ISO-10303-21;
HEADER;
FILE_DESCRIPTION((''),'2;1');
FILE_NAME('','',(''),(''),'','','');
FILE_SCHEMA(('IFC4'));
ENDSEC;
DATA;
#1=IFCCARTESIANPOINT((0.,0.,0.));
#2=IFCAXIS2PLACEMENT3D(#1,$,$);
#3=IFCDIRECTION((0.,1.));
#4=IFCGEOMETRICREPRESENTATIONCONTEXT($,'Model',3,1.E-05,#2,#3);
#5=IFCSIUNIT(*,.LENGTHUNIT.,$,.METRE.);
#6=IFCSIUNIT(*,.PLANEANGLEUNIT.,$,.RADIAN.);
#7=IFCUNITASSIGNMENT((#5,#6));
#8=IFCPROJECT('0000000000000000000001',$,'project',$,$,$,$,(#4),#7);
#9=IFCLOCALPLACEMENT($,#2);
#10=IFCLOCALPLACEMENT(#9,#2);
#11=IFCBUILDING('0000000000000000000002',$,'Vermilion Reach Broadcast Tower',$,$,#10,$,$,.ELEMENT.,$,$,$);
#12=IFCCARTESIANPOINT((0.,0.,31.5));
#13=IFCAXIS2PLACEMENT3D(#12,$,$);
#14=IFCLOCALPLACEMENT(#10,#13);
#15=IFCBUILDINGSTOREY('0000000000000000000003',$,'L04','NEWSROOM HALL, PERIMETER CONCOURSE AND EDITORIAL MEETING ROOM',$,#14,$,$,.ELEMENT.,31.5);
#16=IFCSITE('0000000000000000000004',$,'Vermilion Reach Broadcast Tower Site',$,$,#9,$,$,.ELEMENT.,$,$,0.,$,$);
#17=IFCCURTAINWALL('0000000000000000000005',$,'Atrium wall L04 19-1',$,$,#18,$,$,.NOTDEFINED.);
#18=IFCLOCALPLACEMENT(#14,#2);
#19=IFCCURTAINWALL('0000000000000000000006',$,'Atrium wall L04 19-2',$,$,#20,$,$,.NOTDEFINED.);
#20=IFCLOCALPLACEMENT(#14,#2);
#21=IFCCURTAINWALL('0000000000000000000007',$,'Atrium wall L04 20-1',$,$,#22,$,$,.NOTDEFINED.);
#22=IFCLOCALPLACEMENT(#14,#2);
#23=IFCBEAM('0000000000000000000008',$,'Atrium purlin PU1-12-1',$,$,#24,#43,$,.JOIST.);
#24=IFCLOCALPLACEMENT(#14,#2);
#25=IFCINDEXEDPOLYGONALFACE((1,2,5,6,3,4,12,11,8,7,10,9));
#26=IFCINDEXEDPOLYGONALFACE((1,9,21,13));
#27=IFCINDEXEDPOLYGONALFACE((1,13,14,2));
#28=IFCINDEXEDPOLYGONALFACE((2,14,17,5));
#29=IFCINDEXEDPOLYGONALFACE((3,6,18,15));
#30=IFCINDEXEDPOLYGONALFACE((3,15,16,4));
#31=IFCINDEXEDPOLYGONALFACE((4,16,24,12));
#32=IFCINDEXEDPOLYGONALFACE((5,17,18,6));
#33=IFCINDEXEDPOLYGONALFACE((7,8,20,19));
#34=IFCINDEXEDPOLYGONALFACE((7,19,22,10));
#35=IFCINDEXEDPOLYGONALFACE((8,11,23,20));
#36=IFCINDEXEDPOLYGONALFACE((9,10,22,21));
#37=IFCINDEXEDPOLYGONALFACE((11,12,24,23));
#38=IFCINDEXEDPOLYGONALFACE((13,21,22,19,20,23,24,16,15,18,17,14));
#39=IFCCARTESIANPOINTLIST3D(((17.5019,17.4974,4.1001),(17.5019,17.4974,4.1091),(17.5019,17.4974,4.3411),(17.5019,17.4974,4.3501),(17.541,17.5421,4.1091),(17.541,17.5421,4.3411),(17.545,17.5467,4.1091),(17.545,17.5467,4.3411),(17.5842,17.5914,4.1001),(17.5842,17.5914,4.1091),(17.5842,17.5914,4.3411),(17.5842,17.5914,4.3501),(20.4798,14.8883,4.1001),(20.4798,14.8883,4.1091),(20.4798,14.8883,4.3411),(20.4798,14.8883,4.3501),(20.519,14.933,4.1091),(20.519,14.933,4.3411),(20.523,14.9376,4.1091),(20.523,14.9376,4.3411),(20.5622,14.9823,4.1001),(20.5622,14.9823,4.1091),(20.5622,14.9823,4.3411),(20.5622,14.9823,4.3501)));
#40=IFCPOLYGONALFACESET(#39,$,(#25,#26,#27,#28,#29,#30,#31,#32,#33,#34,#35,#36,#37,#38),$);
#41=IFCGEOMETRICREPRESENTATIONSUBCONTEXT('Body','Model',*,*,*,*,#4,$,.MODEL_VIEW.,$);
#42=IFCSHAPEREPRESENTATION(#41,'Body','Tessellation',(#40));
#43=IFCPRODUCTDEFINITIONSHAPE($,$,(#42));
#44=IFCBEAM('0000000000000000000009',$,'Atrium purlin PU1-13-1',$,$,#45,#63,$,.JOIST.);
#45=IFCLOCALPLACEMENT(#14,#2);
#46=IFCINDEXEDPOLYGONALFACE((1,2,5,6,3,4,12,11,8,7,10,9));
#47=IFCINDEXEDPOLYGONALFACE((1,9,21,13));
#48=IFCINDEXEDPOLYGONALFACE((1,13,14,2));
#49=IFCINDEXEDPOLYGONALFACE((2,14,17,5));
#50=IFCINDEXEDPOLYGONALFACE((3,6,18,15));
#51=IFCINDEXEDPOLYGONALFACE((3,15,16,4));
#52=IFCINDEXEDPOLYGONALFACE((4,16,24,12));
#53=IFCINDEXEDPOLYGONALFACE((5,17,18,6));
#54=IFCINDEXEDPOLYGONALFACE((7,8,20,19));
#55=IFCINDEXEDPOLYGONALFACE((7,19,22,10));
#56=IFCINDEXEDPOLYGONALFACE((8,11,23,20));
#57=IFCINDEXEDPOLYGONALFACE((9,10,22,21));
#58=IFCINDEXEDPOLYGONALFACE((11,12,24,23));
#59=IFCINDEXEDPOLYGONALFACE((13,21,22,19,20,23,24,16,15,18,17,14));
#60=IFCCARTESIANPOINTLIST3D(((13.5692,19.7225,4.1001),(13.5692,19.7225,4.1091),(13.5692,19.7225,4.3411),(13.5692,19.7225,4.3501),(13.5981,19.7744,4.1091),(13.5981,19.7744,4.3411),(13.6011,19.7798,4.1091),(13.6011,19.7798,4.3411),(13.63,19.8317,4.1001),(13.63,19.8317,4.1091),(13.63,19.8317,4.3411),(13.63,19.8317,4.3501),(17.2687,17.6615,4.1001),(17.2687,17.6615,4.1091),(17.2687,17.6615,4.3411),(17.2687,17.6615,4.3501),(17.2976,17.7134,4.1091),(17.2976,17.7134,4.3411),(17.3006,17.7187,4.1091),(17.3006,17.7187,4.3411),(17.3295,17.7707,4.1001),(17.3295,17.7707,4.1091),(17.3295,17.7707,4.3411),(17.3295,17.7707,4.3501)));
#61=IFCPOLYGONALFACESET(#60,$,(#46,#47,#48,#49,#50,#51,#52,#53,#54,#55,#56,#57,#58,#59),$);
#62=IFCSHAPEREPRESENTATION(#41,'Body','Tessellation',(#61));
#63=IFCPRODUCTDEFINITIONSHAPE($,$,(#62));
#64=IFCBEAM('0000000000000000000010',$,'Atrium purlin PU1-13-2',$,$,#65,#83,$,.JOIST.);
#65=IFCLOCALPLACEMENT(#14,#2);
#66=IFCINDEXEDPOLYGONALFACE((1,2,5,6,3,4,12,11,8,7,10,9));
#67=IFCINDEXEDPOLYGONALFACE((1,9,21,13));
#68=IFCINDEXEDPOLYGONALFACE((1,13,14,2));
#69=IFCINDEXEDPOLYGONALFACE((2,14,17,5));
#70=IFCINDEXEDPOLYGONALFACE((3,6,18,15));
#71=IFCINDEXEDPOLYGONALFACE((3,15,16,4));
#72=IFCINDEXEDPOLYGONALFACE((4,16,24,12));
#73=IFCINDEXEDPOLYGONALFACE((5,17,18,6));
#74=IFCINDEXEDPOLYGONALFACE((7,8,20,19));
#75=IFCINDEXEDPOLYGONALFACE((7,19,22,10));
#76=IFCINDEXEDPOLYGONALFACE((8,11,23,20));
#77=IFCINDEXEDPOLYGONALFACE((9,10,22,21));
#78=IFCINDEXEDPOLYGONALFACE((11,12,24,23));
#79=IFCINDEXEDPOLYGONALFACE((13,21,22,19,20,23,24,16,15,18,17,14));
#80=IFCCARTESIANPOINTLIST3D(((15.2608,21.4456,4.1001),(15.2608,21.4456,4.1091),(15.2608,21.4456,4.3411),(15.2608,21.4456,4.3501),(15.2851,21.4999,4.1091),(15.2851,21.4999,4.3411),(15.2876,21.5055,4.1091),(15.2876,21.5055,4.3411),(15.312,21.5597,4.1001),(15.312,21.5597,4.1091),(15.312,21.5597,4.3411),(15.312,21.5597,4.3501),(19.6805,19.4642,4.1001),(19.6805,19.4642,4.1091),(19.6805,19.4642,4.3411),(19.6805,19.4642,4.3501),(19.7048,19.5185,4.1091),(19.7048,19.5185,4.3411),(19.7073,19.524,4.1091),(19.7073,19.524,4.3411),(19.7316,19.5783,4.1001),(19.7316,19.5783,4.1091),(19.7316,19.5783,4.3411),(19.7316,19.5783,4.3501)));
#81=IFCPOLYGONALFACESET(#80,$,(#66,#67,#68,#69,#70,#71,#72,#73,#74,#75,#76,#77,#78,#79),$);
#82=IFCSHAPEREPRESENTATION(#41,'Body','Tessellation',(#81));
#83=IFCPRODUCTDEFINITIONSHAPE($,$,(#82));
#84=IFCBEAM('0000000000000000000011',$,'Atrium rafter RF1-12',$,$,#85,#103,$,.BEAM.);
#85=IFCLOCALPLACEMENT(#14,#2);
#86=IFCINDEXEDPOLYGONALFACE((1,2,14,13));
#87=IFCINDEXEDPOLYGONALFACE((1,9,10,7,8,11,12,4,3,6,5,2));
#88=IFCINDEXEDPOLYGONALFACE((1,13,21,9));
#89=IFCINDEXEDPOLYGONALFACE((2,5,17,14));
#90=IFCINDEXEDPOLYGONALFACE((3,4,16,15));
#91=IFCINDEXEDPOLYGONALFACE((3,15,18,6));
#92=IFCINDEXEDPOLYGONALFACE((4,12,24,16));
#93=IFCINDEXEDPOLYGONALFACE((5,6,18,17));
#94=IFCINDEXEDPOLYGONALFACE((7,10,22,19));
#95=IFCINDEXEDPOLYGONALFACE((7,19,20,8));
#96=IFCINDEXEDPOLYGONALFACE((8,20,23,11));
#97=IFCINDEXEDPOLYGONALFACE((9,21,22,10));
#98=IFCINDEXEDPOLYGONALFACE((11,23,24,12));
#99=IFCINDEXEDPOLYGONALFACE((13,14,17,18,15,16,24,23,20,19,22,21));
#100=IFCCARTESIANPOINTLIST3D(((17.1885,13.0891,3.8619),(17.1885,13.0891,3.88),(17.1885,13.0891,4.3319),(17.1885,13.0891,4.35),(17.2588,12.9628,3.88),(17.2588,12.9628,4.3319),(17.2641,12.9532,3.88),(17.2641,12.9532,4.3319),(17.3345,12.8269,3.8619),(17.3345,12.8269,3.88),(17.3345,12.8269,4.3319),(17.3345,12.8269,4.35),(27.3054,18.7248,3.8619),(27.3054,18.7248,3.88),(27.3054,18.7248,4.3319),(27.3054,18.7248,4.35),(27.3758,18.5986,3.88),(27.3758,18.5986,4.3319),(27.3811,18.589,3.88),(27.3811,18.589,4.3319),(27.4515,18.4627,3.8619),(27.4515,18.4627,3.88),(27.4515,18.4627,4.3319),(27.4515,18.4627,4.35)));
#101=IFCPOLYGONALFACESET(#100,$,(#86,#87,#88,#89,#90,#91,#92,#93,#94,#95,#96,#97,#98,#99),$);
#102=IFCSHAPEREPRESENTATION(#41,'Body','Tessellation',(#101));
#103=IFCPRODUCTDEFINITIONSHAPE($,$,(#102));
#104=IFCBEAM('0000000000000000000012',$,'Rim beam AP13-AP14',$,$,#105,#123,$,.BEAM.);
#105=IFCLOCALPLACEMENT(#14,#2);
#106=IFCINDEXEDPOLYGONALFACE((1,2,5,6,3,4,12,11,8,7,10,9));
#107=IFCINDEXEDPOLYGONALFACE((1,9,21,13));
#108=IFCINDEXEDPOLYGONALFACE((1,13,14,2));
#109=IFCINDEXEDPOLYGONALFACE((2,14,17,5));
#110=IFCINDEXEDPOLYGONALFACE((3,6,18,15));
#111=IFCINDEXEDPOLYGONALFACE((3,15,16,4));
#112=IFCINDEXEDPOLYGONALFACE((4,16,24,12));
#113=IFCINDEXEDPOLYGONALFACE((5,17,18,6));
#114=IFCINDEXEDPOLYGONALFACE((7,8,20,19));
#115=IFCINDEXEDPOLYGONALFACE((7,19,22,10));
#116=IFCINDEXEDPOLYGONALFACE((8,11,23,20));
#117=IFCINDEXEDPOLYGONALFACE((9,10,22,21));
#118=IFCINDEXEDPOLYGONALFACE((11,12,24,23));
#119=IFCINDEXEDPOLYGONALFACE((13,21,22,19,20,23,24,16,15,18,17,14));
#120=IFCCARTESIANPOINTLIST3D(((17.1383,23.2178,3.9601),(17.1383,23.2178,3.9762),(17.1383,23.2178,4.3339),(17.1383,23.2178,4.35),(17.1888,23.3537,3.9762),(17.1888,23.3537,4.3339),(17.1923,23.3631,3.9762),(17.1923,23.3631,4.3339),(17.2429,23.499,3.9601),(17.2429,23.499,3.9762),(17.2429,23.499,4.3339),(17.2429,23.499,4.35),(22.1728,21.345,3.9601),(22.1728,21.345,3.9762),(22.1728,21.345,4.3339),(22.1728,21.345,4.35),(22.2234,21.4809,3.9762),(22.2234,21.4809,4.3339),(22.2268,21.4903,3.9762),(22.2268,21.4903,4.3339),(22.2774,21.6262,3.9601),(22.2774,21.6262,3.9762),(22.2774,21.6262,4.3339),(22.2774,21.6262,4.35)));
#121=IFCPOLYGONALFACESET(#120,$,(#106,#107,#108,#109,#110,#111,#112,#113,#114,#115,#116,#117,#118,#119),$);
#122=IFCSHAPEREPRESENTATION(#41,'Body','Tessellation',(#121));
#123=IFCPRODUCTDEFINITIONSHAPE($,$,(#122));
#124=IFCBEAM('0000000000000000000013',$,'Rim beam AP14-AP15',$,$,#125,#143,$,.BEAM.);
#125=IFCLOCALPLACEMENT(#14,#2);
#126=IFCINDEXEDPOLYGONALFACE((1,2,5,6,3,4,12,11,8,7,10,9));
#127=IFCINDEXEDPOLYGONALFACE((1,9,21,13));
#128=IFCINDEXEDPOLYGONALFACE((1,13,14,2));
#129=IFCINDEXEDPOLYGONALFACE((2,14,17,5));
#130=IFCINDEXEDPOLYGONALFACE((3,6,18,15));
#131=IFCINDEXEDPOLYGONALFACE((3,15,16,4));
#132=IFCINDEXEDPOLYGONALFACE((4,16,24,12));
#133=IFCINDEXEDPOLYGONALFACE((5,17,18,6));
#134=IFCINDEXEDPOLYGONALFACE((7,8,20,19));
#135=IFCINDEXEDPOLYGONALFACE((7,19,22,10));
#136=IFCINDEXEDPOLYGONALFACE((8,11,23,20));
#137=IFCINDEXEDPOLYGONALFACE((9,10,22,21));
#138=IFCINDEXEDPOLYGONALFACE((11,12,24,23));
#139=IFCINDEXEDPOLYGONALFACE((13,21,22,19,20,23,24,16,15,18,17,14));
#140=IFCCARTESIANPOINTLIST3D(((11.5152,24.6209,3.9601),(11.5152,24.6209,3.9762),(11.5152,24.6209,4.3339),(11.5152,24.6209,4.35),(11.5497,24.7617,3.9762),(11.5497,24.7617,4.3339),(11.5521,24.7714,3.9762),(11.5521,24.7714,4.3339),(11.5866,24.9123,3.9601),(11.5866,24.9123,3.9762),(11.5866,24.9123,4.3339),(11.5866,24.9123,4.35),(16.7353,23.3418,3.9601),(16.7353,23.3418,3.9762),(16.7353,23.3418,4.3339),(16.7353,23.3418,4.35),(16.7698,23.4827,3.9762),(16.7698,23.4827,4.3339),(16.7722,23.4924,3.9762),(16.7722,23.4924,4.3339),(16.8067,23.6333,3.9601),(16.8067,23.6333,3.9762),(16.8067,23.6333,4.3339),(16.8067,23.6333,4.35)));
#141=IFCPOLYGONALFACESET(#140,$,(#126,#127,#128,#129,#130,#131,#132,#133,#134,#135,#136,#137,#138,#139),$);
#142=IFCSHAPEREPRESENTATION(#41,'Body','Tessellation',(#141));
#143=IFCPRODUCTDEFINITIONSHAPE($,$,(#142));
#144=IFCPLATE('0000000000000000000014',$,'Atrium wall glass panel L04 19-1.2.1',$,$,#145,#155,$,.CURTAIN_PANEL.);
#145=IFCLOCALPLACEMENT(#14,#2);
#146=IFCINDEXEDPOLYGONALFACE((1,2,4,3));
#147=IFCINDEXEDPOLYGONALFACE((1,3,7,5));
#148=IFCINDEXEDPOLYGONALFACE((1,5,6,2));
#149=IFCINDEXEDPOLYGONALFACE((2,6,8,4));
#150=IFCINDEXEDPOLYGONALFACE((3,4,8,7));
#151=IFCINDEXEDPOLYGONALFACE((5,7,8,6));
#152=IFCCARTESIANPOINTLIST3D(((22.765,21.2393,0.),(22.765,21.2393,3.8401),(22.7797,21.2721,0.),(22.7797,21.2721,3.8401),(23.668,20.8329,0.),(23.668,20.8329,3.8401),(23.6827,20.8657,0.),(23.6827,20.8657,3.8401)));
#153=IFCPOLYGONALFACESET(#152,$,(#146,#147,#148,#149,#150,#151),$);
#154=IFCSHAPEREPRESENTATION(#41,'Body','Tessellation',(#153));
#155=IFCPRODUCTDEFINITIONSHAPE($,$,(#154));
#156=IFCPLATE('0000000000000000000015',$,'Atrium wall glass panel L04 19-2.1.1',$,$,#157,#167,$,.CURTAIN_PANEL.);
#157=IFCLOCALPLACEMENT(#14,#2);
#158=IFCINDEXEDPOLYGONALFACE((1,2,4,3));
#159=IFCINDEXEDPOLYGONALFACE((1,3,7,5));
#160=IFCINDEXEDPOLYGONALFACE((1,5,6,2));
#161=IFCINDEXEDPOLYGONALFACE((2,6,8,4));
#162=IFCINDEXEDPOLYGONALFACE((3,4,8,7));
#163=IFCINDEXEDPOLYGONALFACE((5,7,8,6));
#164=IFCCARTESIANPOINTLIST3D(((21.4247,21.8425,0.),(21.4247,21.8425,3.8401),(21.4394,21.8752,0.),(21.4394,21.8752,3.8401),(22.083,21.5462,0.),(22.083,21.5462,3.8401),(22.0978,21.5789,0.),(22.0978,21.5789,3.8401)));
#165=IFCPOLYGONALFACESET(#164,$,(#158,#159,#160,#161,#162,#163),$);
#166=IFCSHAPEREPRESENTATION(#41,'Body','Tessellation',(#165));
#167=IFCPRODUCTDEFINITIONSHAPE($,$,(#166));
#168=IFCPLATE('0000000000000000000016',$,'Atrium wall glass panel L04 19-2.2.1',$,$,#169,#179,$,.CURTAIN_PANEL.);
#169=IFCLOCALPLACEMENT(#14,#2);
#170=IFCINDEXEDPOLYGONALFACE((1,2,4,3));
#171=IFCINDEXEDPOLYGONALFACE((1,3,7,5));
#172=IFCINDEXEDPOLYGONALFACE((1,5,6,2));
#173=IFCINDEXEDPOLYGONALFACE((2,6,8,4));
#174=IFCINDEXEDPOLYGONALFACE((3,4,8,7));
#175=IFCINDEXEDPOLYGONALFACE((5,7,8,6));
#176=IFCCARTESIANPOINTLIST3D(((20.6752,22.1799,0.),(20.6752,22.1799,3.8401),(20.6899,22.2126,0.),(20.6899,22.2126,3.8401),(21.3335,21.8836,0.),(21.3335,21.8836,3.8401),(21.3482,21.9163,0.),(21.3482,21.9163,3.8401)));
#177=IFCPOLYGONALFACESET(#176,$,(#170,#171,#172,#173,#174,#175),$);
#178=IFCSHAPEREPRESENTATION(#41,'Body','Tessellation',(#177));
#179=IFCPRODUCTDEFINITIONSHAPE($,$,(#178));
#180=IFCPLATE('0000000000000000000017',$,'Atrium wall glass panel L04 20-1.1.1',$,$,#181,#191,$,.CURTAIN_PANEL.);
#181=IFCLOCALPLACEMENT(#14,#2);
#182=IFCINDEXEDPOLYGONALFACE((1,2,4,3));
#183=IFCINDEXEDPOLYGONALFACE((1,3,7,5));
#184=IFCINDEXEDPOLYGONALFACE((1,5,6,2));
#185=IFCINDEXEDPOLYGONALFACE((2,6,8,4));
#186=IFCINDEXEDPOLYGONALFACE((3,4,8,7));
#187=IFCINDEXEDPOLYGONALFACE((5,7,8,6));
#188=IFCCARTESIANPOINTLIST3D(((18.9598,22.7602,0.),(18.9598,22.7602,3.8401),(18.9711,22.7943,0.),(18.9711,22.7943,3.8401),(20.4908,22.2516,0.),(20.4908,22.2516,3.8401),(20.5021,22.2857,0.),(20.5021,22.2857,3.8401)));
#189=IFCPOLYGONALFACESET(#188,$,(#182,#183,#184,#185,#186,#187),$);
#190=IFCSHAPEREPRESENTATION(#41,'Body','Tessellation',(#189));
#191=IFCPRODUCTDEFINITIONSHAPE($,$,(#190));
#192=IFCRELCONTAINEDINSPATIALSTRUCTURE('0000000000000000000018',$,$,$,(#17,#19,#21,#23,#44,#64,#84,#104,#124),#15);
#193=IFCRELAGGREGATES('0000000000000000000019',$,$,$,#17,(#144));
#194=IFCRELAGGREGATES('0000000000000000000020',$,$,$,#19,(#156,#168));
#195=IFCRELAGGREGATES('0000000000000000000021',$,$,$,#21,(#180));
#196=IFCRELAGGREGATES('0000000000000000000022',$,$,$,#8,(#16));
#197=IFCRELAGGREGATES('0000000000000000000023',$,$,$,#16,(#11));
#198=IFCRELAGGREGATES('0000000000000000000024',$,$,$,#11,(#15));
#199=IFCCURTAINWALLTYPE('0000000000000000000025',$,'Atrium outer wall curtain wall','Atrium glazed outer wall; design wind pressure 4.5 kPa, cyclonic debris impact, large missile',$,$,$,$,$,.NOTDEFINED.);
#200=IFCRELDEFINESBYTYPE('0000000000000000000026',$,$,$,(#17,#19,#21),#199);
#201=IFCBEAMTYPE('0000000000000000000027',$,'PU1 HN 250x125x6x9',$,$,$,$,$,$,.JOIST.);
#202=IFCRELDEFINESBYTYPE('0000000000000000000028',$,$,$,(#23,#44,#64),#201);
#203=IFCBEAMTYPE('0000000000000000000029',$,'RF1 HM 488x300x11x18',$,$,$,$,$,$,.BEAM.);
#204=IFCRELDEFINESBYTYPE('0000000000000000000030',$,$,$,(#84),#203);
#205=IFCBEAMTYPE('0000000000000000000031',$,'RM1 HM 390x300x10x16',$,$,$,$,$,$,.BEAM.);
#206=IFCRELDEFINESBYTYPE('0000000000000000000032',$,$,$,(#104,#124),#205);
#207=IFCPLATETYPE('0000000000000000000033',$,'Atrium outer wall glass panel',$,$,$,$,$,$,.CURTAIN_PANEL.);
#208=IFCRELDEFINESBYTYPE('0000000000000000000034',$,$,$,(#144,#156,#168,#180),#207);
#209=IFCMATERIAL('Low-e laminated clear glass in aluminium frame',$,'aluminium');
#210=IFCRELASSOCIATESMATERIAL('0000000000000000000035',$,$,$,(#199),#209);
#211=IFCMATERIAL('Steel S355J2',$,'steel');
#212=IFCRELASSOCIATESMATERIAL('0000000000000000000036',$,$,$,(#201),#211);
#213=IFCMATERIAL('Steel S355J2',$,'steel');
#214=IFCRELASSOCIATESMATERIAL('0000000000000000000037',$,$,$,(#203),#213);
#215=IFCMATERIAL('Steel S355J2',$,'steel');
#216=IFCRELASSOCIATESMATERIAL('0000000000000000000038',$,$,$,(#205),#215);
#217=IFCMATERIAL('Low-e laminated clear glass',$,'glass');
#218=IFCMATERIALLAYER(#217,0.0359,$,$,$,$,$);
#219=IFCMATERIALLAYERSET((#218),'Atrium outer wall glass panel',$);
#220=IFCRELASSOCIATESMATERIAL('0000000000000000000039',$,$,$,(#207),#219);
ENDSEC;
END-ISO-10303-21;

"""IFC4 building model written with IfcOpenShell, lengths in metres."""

from ifc_helpers import new_model, si_unit, direction, frame, origin, origin_2d, place, context, subcontext, project, spatial, rectangle, i_section, extrude, material, layer, layer_set, material_profile, profile_set, type_object, element, aggregate, save


model = new_model("IFC4")

# Units and contexts
model_context = context("Model", 3, precision=1e-05, world=origin(), true_north=direction((0.0, 1.0)))
body_context = subcontext(model_context, "Body", "Model", "MODEL_VIEW")
ifc_project = project(units=[si_unit("LENGTHUNIT", "METRE"), si_unit("PLANEANGLEUNIT", "RADIAN")], contexts=[model_context])

# Site, building, storey
site_placement = place(None, origin())
site = spatial("IfcSite", under=ifc_project, at=site_placement, Name="Vermilion Reach Broadcast Tower Site", CompositionType="ELEMENT", RefElevation=0.0)
building_placement = place(site_placement, origin())
building = spatial("IfcBuilding", under=site, at=building_placement, Name="Vermilion Reach Broadcast Tower", CompositionType="ELEMENT")
storey_placement = place(building_placement, frame((0.0, 0.0, 31.5)))
storey = spatial("IfcBuildingStorey", under=building, at=storey_placement, Name="L04", Description="NEWSROOM HALL, PERIMETER CONCOURSE AND EDITORIAL MEETING ROOM", CompositionType="ELEMENT", Elevation=31.5)

# Curtain wall
ifc_material_1 = material(Name="Low-e laminated clear glass in aluminium frame", Category="aluminium")
curtain_wall_type_1 = type_object("IfcCurtainWallType", Name="Atrium outer wall curtain wall", Description="Atrium glazed outer wall; design wind pressure 4.5 kPa, cyclonic debris impact, large missile", PredefinedType="NOTDEFINED", material=ifc_material_1)
placement = place(storey_placement, origin())
curtain_wall_1 = element("IfcCurtainWall", 1, at=placement, inside=storey, type_object=curtain_wall_type_1, Name="Atrium wall L04 19-1", PredefinedType="NOTDEFINED")

# Curtain walls
curtain_wall_2 = element("IfcCurtainWall", 2, at=placement, inside=storey, type_object=curtain_wall_type_1, Name="Atrium wall L04 19-2", PredefinedType="NOTDEFINED")
curtain_wall_3 = element("IfcCurtainWall", 3, at=placement, inside=storey, type_object=curtain_wall_type_1, Name="Atrium wall L04 20-1", PredefinedType="NOTDEFINED")

# Beams
ifc_material_2 = material(Name="Steel S355J2", Category="steel")
ifc_material_profile_1 = material_profile(ifc_material_2, i_section(OverallWidth=0.125, OverallDepth=0.25, WebThickness=0.0061, FlangeThickness=0.009, at=origin_2d()), Name="S355J2 HN 250x125x6x9")
ifc_profile_set_1 = profile_set([ifc_material_profile_1], Name="Steel S355J2")
beam_type_1 = type_object("IfcBeamType", Name="PU1 HN 250x125x6x9", PredefinedType="JOIST", material=ifc_profile_set_1)
beam_1_placement = place(storey_placement, frame((20.521, 14.9353, 4.2251), z_axis=(-0.752156, 0.658985, 0.0), x_axis=(-0.658985, -0.752156, 0.0)))
element("IfcBeam", 4, at=beam_1_placement, inside=storey, type_object=beam_type_1, Name="Atrium purlin PU1-12-1", PredefinedType="JOIST", context=body_context, shape_type="SweptSolid", body=[
    extrude(i_section(OverallWidth=0.125, OverallDepth=0.25, WebThickness=0.0061, FlangeThickness=0.009, at=origin_2d()), origin(), (0.0, 0.0, 1.0), 3.9592),
])
beam_2_placement = place(storey_placement, frame((17.2991, 17.7161, 4.2251), z_axis=(-0.873577, 0.486685, 0.0), x_axis=(-0.486685, -0.873577, 0.0)))
element("IfcBeam", 5, at=beam_2_placement, inside=storey, type_object=beam_type_1, Name="Atrium purlin PU1-13-1", PredefinedType="JOIST", context=body_context, shape_type="SweptSolid", body=[
    extrude(i_section(OverallWidth=0.125, OverallDepth=0.25, WebThickness=0.0061, FlangeThickness=0.009, at=origin_2d()), origin(), (0.0, 0.0, 1.0), 4.2349),
])
beam_3_placement = place(storey_placement, frame((19.7061, 19.5212, 4.2251), z_axis=(-0.912493, 0.409092, 0.0), x_axis=(-0.409092, -0.912493, 0.0)))
element("IfcBeam", 6, at=beam_3_placement, inside=storey, type_object=beam_type_1, Name="Atrium purlin PU1-13-2", PredefinedType="JOIST", context=body_context, shape_type="SweptSolid", body=[
    extrude(i_section(OverallWidth=0.125, OverallDepth=0.25, WebThickness=0.0061, FlangeThickness=0.009, at=origin_2d()), origin(), (0.0, 0.0, 1.0), 4.8435),
])
ifc_material_3 = material(Name="Steel S355J2", Category="steel")
ifc_material_profile_2 = material_profile(ifc_material_3, i_section(OverallWidth=0.3, OverallDepth=0.488, WebThickness=0.011, FlangeThickness=0.0181, at=origin_2d()), Name="S355J2 HM 488x300x11x18")
ifc_profile_set_2 = profile_set([ifc_material_profile_2], Name="Steel S355J2")
beam_type_2 = type_object("IfcBeamType", Name="RF1 HM 488x300x11x18", PredefinedType="BEAM", material=ifc_profile_set_2)
beam_4_placement = place(storey_placement, frame((17.2615, 12.958, 4.106), z_axis=(0.873599, 0.486647, 0.0), x_axis=(-0.486647, 0.873599, 0.0)))
element("IfcBeam", 7, at=beam_4_placement, inside=storey, type_object=beam_type_2, Name="Atrium rafter RF1-12", PredefinedType="BEAM", context=body_context, shape_type="SweptSolid", body=[
    extrude(i_section(OverallWidth=0.3, OverallDepth=0.488, WebThickness=0.011, FlangeThickness=0.0181, at=origin_2d()), origin(), (0.0, 0.0, 1.0), 11.5808),
])
ifc_material_4 = material(Name="Steel S355J2", Category="steel")
ifc_material_profile_3 = material_profile(ifc_material_4, i_section(OverallWidth=0.3, OverallDepth=0.3899, WebThickness=0.01, FlangeThickness=0.0161, at=origin_2d()), Name="S355J2 HM 390x300x10x16")
ifc_profile_set_3 = profile_set([ifc_material_profile_3], Name="Steel S355J2")
beam_type_3 = type_object("IfcBeamType", Name="RM1 HM 390x300x10x16", PredefinedType="BEAM", material=ifc_profile_set_3)
beam_5_placement = place(storey_placement, frame((22.2251, 21.4856, 4.155), z_axis=(-0.937251, 0.348657, 0.0), x_axis=(-0.348657, -0.937251, 0.0)))
element("IfcBeam", 8, at=beam_5_placement, inside=storey, type_object=beam_type_3, Name="Rim beam AP13-AP14", PredefinedType="BEAM", context=body_context, shape_type="SweptSolid", body=[
    extrude(i_section(OverallWidth=0.3, OverallDepth=0.3899, WebThickness=0.01, FlangeThickness=0.0161, at=origin_2d()), origin(), (0.0, 0.0, 1.0), 5.3716),
])
beam_6_placement = place(storey_placement, frame((16.771, 23.4875, 4.155), z_axis=(-0.97127, 0.23798, 0.0), x_axis=(-0.23798, -0.97127, 0.0)))
element("IfcBeam", 9, at=beam_6_placement, inside=storey, type_object=beam_type_3, Name="Rim beam AP14-AP15", PredefinedType="BEAM", context=body_context, shape_type="SweptSolid", body=[
    extrude(i_section(OverallWidth=0.3, OverallDepth=0.3899, WebThickness=0.01, FlangeThickness=0.0161, at=origin_2d()), origin(), (0.0, 0.0, 1.0), 5.3745),
])

# Plates
ifc_material_5 = material(Name="Low-e laminated clear glass", Category="glass")
ifc_layer_1 = layer(ifc_material_5, 0.0359)
ifc_layer_set_1 = layer_set([ifc_layer_1], Name="Atrium outer wall glass panel")
plate_type_1 = type_object("IfcPlateType", Name="Atrium outer wall glass panel", PredefinedType="CURTAIN_PANEL", material=ifc_layer_set_1)
plate_1_placement = place(storey_placement, frame((23.2239, 21.0525, 0.0), z_axis=(0.0, 0.0, 1.0), x_axis=(-0.911902, 0.410408, 0.0)))
plate_1 = element("IfcPlate", 10, at=plate_1_placement, type_object=plate_type_1, Name="Atrium wall glass panel L04 19-1.2.1", PredefinedType="CURTAIN_PANEL", context=body_context, shape_type="SweptSolid", body=[
    extrude(rectangle(XDim=0.9902, YDim=0.0359, at=origin_2d()), origin(), (0.0, 0.0, 1.0), 3.8401),
])
aggregate(curtain_wall_1, [plate_1])
plate_2_placement = place(storey_placement, frame((21.7612, 21.7107, 0.0), z_axis=(0.0, 0.0, 1.0), x_axis=(-0.911902, 0.410408, 0.0)))
plate_2 = element("IfcPlate", 11, at=plate_2_placement, type_object=plate_type_1, Name="Atrium wall glass panel L04 19-2.1.1", PredefinedType="CURTAIN_PANEL", context=body_context, shape_type="SweptSolid", body=[
    extrude(rectangle(XDim=0.7219, YDim=0.0359, at=origin_2d()), origin(), (0.0, 0.0, 1.0), 3.8401),
])
plate_3_placement = place(storey_placement, frame((21.0117, 22.0481, 0.0), z_axis=(0.0, 0.0, 1.0), x_axis=(-0.911902, 0.410408, 0.0)))
plate_3 = element("IfcPlate", 12, at=plate_3_placement, type_object=plate_type_1, Name="Atrium wall glass panel L04 19-2.2.1", PredefinedType="CURTAIN_PANEL", context=body_context, shape_type="SweptSolid", body=[
    extrude(rectangle(XDim=0.7219, YDim=0.0359, at=origin_2d()), origin(), (0.0, 0.0, 1.0), 3.8401),
])
aggregate(curtain_wall_2, [plate_2, plate_3])
plate_4_placement = place(storey_placement, frame((19.731, 22.5229, 0.0), z_axis=(0.0, 0.0, 1.0), x_axis=(-0.949016, 0.315228, 0.0)))
plate_4 = element("IfcPlate", 13, at=plate_4_placement, type_object=plate_type_1, Name="Atrium wall glass panel L04 20-1.1.1", PredefinedType="CURTAIN_PANEL", context=body_context, shape_type="SweptSolid", body=[
    extrude(rectangle(XDim=1.6133, YDim=0.0359, at=origin_2d()), origin(), (0.0, 0.0, 1.0), 3.8401),
])
aggregate(curtain_wall_3, [plate_4])

save(model, "model.ifc")
